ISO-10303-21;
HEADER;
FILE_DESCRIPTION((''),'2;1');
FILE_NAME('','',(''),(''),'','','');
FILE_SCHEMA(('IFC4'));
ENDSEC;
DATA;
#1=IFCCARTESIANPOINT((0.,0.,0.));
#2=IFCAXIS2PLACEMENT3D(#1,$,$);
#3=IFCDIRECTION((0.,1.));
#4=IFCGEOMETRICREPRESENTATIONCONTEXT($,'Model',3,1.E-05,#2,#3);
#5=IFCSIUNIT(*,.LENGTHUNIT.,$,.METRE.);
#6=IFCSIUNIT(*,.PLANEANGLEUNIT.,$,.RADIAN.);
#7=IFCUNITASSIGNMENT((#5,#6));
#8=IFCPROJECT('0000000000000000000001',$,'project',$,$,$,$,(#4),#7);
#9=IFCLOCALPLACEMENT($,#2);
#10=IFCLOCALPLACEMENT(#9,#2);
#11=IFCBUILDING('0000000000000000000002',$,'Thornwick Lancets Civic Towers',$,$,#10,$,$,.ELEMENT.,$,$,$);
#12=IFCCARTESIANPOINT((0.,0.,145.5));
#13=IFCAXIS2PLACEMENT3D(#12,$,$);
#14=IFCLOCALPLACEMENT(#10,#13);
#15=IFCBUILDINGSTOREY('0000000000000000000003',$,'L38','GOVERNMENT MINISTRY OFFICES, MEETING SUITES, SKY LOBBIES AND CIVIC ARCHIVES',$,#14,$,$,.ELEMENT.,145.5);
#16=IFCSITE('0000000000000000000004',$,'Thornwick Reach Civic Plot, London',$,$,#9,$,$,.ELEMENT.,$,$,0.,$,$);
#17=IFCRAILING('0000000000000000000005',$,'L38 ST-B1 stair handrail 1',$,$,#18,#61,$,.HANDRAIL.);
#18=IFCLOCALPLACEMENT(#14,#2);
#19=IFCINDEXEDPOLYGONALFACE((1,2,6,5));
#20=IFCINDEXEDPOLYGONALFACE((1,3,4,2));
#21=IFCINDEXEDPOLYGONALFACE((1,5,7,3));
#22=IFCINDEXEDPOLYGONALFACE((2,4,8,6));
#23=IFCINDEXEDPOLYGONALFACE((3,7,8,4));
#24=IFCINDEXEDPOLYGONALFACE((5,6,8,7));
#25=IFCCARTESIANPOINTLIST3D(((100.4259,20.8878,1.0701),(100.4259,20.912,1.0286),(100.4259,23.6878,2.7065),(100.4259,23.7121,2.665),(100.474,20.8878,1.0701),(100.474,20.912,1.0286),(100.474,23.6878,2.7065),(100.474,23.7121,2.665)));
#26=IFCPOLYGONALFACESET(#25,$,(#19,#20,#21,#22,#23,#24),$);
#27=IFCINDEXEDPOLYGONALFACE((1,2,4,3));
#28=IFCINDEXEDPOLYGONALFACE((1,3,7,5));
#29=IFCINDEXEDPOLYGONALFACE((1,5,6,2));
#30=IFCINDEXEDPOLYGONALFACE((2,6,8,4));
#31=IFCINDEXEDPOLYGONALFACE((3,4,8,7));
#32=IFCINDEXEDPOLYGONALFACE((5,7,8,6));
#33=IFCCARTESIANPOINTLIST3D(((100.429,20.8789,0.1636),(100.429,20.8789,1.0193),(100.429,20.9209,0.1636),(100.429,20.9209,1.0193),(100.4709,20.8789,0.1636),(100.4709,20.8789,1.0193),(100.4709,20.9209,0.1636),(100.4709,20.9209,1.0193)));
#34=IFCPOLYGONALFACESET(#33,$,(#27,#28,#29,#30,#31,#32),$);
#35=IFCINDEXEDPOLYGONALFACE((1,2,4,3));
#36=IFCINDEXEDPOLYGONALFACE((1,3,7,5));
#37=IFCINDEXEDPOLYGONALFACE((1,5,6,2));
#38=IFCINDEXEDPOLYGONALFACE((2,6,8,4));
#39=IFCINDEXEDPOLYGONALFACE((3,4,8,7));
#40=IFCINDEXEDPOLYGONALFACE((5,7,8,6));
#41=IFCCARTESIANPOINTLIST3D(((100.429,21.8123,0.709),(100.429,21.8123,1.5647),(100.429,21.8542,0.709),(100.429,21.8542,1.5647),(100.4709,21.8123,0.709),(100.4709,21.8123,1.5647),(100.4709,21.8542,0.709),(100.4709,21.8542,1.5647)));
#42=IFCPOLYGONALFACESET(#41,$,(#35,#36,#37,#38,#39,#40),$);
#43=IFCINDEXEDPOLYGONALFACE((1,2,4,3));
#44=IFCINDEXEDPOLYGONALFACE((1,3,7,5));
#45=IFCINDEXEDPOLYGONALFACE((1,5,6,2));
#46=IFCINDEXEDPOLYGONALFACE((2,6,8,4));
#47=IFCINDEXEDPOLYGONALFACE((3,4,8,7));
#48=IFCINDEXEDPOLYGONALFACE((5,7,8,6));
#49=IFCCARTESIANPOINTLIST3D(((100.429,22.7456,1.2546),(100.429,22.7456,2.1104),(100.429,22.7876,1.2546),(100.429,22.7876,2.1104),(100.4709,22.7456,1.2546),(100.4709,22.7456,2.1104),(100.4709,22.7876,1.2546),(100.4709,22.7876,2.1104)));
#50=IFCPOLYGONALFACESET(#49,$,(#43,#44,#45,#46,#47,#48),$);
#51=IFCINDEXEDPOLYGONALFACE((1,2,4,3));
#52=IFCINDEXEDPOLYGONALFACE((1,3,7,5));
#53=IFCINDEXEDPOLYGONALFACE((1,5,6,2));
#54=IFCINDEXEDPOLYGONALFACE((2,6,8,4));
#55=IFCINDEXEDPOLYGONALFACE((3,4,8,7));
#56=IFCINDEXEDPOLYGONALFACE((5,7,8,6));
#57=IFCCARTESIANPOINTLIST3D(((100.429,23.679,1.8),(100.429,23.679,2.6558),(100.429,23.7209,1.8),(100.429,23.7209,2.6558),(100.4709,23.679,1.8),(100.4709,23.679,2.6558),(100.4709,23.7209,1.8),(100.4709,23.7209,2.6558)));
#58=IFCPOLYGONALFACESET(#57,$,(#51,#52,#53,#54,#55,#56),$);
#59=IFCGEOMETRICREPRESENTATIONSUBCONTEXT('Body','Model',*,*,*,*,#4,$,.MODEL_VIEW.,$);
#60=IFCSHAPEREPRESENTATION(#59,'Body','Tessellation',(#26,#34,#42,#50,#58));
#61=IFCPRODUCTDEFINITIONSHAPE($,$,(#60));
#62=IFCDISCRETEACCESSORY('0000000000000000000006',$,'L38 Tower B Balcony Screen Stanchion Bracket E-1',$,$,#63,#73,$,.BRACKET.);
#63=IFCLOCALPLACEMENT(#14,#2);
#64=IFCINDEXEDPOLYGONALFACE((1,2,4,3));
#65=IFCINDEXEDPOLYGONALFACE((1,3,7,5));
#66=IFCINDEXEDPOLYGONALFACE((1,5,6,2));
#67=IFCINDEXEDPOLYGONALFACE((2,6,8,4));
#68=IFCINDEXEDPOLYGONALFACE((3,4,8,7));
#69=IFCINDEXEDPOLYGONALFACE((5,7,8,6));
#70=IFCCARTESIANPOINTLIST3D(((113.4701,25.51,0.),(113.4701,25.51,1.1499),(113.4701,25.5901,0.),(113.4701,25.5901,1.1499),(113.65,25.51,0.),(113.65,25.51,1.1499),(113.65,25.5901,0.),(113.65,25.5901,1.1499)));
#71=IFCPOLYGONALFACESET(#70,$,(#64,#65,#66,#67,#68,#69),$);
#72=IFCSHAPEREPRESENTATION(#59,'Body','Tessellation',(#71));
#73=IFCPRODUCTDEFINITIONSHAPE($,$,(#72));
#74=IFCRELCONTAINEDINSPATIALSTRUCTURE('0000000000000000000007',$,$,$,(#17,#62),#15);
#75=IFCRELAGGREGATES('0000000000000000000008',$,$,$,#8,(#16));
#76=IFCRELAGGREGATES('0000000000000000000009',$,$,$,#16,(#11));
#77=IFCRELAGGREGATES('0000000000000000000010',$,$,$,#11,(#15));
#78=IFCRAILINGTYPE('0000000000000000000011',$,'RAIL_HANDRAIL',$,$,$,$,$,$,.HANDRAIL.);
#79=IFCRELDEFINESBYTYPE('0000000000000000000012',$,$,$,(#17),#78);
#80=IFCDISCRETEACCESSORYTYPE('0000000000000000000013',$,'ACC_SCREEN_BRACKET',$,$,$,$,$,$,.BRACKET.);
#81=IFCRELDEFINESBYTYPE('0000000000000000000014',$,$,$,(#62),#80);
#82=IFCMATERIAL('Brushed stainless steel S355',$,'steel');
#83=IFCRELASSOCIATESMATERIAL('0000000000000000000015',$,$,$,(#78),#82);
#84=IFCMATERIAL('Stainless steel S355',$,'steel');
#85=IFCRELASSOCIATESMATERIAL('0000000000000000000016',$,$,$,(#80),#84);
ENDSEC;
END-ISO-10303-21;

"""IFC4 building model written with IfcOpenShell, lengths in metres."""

from ifc_helpers import new_model, si_unit, direction, frame, origin, origin_2d, place, context, subcontext, project, spatial, rectangle, extrude, material, type_object, element, save


model = new_model("IFC4")

# Units and contexts
model_context = context("Model", 3, precision=1e-05, world=origin(), true_north=direction((0.0, 1.0)))
body_context = subcontext(model_context, "Body", "Model", "MODEL_VIEW")
ifc_project = project(units=[si_unit("LENGTHUNIT", "METRE"), si_unit("PLANEANGLEUNIT", "RADIAN")], contexts=[model_context])

# Site, building, storey
site_placement = place(None, origin())
site = spatial("IfcSite", under=ifc_project, at=site_placement, Name="Thornwick Reach Civic Plot, London", CompositionType="ELEMENT", RefElevation=0.0)
building_placement = place(site_placement, origin())
building = spatial("IfcBuilding", under=site, at=building_placement, Name="Thornwick Lancets Civic Towers", CompositionType="ELEMENT")
storey_placement = place(building_placement, frame((0.0, 0.0, 145.5)))
storey = spatial("IfcBuildingStorey", under=building, at=storey_placement, Name="L38", Description="GOVERNMENT MINISTRY OFFICES, MEETING SUITES, SKY LOBBIES AND CIVIC ARCHIVES", CompositionType="ELEMENT", Elevation=145.5)

# Railing
ifc_material_1 = material(Name="Brushed stainless steel S355", Category="steel")
railing_type = type_object("IfcRailingType", Name="RAIL_HANDRAIL", PredefinedType="HANDRAIL", material=ifc_material_1)
railing_placement = place(storey_placement, frame((100.45, 20.8999, 0.1636)))
element("IfcRailing", 1, at=railing_placement, inside=storey, type_object=railing_type, Name="L38 ST-B1 stair handrail 1", PredefinedType="HANDRAIL", context=body_context, shape_type="SweptSolid", body=[
    extrude(rectangle(XDim=0.0481, YDim=0.0481, at=origin_2d()), frame((0.0, 0.0, 0.8857), z_axis=(0.0, 0.863361, 0.504587), x_axis=(-1.0, 0.0, 0.0)), (0.0, 0.0, 1.0), 3.2432),
    extrude(rectangle(XDim=0.042, YDim=0.042, at=origin_2d()), origin(), (0.0, 0.0, 1.0), 0.8557),
    extrude(rectangle(XDim=0.042, YDim=0.042, at=origin_2d()), frame((0.0, 0.9333, 0.5454)), (0.0, 0.0, 1.0), 0.8557),
    extrude(rectangle(XDim=0.042, YDim=0.042, at=origin_2d()), frame((0.0, 1.8667, 1.0911)), (0.0, 0.0, 1.0), 0.8557),
    extrude(rectangle(XDim=0.042, YDim=0.042, at=origin_2d()), frame((0.0, 2.8, 1.6365)), (0.0, 0.0, 1.0), 0.8557),
])

# Discrete accessory
ifc_material_2 = material(Name="Stainless steel S355", Category="steel")
discrete_accessory_type = type_object("IfcDiscreteAccessoryType", Name="ACC_SCREEN_BRACKET", PredefinedType="BRACKET", material=ifc_material_2)
discrete_accessory_placement = place(storey_placement, frame((113.5601, 25.55, 0.0), z_axis=(0.0, 0.0, 1.0), x_axis=(0.0, 1.0, 0.0)))
element("IfcDiscreteAccessory", 2, at=discrete_accessory_placement, inside=storey, type_object=discrete_accessory_type, Name="L38 Tower B Balcony Screen Stanchion Bracket E-1", PredefinedType="BRACKET", context=body_context, shape_type="SweptSolid", body=[
    extrude(rectangle(XDim=0.0801, YDim=0.1799, at=origin_2d()), origin(), (0.0, 0.0, 1.0), 1.1499),
])

save(model, "model.ifc")
